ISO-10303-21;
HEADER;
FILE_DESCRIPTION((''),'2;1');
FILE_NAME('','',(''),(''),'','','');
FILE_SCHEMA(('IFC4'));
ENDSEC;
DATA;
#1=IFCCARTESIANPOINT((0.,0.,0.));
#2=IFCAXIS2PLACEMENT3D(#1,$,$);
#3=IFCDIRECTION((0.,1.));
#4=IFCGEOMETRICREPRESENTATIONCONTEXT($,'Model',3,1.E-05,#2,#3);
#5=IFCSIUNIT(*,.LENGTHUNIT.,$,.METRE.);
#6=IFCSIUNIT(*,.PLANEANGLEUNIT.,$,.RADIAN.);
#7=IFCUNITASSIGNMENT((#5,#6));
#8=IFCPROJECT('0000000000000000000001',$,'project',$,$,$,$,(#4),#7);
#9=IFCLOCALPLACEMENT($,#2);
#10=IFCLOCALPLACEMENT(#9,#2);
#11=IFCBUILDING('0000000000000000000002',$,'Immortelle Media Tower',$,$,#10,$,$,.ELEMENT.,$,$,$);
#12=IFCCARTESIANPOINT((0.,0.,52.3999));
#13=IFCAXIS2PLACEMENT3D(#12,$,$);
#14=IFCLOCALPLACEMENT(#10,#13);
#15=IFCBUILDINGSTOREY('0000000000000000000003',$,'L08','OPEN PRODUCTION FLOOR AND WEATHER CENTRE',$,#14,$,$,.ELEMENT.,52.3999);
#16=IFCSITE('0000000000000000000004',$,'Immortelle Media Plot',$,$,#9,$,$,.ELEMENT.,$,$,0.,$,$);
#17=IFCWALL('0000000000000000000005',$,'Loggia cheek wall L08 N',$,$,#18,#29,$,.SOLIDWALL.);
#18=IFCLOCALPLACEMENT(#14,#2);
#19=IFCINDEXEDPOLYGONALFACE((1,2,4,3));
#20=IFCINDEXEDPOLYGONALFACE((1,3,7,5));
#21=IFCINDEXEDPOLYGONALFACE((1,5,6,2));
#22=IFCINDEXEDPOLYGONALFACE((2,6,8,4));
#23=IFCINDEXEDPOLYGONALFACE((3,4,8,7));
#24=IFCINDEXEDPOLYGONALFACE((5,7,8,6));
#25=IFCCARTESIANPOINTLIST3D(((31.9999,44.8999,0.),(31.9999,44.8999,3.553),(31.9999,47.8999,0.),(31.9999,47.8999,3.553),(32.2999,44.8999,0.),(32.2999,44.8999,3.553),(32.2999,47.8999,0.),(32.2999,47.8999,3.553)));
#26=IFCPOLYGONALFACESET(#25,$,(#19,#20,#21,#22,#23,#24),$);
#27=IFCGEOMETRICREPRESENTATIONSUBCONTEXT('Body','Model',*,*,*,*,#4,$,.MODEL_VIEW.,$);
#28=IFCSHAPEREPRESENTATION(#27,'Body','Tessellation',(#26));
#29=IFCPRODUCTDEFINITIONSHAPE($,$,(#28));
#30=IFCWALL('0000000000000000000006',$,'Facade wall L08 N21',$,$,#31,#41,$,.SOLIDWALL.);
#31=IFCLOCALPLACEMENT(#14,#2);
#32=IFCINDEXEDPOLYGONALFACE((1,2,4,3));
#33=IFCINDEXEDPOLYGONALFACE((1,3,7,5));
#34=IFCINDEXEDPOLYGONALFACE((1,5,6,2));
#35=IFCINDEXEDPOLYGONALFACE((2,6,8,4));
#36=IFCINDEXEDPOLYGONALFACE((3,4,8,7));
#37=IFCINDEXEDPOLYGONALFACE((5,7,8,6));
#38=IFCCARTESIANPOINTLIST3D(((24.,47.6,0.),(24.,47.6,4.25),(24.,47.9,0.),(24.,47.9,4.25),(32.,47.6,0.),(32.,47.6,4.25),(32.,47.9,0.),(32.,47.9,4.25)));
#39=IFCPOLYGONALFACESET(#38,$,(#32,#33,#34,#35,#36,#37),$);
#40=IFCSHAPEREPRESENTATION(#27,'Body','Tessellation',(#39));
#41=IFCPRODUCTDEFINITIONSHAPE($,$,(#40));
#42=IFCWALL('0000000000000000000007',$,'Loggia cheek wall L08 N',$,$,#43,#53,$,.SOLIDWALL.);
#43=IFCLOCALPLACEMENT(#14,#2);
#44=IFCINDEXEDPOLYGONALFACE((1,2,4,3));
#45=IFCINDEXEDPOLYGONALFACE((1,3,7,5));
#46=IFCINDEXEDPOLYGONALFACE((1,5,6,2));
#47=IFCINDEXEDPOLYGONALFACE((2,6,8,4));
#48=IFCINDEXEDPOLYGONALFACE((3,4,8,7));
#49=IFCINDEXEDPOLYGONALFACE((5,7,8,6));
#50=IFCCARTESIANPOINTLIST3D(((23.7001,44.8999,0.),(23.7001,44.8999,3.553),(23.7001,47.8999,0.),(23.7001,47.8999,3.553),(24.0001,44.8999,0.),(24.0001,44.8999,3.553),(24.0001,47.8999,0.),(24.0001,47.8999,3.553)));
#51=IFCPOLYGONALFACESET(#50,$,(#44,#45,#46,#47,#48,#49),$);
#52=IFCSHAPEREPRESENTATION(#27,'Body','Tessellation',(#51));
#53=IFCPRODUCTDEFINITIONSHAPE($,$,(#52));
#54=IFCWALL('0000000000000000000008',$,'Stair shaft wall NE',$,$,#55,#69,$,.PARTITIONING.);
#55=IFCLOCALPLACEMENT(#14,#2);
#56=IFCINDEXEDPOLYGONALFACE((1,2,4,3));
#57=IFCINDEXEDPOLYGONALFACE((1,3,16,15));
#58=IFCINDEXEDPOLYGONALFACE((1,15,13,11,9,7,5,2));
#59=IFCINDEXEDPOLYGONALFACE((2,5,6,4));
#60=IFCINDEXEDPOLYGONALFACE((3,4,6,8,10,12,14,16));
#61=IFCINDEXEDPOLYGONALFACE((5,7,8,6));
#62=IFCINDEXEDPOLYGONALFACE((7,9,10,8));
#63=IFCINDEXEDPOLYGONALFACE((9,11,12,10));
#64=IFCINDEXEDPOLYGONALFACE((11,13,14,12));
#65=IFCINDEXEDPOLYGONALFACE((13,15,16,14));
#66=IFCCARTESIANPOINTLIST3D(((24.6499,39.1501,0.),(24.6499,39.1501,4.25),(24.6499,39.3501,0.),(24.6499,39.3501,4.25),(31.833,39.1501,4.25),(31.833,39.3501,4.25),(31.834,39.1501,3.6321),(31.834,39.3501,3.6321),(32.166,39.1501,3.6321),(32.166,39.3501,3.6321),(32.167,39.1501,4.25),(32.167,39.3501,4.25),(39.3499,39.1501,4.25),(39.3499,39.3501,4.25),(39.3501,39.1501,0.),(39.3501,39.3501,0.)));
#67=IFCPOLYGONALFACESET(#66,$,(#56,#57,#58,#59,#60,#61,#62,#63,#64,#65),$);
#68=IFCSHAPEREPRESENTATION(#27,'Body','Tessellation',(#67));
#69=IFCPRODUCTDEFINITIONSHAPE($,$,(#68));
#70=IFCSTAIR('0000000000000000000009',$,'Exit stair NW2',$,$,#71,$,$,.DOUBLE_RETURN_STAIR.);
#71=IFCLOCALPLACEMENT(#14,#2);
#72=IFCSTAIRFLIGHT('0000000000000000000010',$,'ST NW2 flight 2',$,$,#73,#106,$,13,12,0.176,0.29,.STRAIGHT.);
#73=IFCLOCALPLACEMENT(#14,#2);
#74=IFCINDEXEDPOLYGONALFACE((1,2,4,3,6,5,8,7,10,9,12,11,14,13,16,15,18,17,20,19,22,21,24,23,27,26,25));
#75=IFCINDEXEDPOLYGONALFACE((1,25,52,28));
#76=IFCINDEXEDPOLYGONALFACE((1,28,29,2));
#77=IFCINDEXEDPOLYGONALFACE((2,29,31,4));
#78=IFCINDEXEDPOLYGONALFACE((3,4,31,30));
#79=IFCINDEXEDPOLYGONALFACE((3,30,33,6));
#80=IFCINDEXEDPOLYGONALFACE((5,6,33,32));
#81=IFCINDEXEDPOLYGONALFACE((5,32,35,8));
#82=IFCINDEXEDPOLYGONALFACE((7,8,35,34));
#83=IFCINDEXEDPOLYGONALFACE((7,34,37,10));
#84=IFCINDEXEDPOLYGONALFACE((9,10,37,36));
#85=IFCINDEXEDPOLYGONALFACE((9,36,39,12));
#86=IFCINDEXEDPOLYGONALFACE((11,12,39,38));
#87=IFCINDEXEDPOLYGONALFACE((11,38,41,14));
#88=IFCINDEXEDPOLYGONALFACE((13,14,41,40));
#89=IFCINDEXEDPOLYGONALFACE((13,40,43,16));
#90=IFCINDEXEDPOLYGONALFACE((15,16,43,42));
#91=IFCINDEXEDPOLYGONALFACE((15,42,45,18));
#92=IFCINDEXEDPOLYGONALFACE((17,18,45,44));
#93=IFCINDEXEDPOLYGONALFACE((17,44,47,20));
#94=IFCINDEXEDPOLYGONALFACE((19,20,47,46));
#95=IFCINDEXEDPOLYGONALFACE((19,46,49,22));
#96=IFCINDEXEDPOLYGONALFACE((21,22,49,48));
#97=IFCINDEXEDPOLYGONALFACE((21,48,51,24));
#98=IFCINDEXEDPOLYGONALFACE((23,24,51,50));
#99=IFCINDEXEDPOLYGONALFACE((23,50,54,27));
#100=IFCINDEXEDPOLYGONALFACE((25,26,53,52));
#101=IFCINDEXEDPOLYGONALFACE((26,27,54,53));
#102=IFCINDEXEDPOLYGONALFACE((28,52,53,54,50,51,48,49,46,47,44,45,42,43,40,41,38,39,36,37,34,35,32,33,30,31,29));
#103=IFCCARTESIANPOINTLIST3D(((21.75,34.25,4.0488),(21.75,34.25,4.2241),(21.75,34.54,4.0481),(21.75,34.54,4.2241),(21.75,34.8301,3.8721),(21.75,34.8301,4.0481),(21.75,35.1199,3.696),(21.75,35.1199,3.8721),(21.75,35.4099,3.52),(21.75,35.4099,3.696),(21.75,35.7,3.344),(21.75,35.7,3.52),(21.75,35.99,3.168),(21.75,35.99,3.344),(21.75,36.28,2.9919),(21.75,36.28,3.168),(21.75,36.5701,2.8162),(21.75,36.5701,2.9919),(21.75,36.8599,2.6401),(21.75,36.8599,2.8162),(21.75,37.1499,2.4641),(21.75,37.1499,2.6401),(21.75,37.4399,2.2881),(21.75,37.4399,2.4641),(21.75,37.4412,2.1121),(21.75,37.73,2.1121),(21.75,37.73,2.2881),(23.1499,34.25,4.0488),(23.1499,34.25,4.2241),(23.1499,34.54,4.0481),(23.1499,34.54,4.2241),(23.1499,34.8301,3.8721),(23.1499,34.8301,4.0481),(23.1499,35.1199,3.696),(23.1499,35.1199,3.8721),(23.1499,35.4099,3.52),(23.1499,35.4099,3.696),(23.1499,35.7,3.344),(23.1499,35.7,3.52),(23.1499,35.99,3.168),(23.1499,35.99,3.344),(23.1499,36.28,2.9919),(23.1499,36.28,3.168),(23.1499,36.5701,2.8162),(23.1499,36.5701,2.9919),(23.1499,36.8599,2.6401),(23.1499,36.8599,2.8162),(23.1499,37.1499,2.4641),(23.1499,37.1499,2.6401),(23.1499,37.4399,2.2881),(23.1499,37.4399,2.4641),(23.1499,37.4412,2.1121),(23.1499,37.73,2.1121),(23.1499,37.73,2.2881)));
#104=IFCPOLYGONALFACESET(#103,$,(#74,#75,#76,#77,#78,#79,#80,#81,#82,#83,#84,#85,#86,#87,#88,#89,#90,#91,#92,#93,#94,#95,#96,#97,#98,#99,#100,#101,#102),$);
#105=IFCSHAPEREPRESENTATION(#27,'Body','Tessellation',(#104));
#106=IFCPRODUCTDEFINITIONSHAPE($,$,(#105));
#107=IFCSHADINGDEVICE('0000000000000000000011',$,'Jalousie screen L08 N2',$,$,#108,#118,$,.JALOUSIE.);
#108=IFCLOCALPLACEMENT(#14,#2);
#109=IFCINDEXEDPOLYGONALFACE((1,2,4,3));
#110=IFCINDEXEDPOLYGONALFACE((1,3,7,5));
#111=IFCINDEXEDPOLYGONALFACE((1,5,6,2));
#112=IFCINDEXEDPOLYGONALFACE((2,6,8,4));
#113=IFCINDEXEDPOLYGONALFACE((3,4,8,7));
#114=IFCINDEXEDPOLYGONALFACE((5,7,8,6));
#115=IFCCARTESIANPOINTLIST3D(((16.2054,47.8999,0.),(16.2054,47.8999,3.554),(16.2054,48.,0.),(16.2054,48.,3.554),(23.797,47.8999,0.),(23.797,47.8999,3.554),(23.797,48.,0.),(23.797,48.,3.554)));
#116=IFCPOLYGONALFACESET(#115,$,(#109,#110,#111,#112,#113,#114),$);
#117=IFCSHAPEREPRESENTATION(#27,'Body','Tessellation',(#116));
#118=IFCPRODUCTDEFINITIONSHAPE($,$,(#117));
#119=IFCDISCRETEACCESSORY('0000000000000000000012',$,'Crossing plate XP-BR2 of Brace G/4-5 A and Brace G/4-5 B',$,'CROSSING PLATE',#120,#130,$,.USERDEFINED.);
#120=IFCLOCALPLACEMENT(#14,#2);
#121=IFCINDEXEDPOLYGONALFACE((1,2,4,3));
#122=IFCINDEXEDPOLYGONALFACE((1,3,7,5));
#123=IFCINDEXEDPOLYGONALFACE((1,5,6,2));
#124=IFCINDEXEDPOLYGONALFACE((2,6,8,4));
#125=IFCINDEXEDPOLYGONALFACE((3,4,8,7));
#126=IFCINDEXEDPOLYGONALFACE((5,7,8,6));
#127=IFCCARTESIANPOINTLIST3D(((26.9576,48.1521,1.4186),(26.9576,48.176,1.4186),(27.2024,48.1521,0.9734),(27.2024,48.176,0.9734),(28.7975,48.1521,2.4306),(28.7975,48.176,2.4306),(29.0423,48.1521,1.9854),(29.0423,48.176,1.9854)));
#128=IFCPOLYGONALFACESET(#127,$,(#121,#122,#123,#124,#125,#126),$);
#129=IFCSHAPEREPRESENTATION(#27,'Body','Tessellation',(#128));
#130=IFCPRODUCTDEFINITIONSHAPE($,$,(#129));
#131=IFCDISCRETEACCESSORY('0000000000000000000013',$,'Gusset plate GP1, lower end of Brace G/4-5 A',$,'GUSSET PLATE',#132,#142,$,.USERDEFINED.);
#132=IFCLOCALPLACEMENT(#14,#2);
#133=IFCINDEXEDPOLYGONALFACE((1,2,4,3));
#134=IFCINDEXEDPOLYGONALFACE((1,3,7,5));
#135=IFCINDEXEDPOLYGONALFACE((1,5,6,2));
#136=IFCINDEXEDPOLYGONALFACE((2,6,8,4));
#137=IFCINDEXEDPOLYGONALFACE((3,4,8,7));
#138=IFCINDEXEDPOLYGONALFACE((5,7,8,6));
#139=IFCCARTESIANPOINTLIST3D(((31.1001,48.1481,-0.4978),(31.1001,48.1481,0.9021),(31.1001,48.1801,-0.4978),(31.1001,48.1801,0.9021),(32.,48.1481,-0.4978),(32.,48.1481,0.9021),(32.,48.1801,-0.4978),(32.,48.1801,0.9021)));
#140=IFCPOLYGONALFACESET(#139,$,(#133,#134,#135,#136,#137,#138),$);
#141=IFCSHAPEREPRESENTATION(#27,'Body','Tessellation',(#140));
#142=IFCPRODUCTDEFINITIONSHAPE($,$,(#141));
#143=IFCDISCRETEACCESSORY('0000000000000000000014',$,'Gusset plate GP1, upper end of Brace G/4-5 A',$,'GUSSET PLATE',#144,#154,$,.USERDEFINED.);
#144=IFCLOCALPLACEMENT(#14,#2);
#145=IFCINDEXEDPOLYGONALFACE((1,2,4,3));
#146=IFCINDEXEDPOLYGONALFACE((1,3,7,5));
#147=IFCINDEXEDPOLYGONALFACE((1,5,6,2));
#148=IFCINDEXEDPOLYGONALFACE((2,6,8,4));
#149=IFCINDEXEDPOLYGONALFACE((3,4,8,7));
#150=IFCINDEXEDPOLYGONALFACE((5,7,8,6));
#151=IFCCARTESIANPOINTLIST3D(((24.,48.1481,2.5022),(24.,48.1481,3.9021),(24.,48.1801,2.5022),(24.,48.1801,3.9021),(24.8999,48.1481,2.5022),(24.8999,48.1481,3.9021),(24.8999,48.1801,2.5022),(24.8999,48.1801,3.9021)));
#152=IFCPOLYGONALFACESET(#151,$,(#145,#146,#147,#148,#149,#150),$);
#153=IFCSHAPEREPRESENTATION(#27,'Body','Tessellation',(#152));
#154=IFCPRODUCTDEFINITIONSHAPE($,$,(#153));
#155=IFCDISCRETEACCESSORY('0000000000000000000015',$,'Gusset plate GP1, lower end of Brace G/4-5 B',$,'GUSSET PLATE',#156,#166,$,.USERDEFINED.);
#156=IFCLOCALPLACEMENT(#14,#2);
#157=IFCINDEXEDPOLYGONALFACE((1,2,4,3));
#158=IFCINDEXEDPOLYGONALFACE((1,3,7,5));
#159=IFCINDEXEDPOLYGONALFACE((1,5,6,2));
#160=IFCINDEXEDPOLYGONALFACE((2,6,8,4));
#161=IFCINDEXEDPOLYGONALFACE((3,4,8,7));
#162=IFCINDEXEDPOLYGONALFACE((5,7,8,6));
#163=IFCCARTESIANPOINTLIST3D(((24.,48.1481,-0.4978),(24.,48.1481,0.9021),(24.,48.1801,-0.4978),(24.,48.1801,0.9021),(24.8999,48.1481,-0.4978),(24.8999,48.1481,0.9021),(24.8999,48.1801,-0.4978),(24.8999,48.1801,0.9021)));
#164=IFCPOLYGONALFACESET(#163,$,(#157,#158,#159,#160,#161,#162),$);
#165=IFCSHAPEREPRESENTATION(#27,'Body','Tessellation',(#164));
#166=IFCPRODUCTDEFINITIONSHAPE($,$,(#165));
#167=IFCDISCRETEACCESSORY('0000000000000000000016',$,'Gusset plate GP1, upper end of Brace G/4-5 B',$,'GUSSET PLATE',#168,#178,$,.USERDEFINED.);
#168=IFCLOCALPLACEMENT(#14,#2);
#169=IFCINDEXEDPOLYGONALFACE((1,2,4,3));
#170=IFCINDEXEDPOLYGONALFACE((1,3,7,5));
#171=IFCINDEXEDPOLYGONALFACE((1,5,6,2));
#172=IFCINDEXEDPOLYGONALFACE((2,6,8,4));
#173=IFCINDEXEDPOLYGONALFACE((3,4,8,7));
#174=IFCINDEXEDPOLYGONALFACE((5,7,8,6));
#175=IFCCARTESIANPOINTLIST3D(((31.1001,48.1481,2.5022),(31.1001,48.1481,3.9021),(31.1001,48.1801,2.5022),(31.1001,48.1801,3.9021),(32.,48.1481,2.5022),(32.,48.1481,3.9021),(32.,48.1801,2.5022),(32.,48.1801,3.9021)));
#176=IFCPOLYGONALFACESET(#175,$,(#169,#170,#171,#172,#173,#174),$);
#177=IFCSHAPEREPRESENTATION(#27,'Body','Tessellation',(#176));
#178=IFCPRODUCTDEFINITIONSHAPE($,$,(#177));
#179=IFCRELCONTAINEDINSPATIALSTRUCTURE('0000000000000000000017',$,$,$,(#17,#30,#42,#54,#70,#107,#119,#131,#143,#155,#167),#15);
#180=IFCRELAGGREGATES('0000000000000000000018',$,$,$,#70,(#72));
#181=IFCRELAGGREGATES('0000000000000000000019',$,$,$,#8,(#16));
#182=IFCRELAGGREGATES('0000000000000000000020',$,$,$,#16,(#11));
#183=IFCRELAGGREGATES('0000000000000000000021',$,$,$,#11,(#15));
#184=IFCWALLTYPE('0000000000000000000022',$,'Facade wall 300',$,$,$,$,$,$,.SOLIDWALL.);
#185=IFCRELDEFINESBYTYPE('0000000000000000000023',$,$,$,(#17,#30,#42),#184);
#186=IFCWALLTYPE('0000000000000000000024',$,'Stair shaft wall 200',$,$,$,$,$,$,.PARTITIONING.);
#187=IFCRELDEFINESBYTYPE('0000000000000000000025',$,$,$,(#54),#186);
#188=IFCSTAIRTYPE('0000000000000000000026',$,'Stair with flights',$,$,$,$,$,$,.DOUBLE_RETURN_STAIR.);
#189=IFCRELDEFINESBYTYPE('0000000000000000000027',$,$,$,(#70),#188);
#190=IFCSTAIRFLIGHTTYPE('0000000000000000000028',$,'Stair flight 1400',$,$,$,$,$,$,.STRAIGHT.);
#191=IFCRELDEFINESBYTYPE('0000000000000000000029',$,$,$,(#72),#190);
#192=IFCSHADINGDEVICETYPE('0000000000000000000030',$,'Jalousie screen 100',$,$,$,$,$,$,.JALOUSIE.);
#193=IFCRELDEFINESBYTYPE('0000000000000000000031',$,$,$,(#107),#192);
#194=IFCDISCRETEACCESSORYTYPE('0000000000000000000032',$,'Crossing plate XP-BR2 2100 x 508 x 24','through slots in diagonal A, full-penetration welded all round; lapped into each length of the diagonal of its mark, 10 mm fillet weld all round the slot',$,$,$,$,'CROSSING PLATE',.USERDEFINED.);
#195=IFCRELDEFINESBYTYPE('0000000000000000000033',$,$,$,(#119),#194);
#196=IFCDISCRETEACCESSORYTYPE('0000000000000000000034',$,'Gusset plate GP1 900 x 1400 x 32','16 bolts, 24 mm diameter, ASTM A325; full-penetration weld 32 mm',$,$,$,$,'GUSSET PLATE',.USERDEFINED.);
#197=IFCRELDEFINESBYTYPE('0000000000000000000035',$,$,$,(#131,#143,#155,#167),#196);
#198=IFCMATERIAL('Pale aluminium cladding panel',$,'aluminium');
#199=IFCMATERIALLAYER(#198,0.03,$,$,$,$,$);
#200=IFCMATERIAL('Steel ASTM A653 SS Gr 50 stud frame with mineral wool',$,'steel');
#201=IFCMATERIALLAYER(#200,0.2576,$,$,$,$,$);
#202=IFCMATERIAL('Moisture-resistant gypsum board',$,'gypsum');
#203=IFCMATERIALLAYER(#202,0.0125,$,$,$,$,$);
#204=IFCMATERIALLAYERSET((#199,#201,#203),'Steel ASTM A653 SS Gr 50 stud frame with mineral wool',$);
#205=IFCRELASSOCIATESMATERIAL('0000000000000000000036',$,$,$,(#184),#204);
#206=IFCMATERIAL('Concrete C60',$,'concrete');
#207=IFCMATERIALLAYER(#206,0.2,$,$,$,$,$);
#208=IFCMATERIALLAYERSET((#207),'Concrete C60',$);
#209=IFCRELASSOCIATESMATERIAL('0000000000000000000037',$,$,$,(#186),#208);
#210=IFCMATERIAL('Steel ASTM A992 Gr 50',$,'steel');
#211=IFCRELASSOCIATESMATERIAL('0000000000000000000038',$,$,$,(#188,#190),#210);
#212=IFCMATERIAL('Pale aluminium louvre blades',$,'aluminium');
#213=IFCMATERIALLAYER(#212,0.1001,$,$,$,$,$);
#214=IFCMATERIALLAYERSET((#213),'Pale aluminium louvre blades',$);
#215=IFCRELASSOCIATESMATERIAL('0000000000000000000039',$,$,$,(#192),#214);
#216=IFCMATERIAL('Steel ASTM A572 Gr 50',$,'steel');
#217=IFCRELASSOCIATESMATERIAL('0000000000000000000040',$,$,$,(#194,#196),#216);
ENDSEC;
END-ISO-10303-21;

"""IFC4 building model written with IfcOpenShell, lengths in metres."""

from ifc_helpers import new_model, si_unit, direction, frame, frame_2d, origin, origin_2d, place, context, subcontext, project, spatial, polyline, rectangle, outline, extrude, material, layer, layer_set, material_profile, profile_set, type_object, element, aggregate, save


model = new_model("IFC4")

# Units and contexts
model_context = context("Model", 3, precision=1e-05, world=origin(), true_north=direction((0.0, 1.0)))
body_context = subcontext(model_context, "Body", "Model", "MODEL_VIEW")
ifc_project = project(units=[si_unit("LENGTHUNIT", "METRE"), si_unit("PLANEANGLEUNIT", "RADIAN")], contexts=[model_context])

# Site, building, storey
site_placement = place(None, origin())
site = spatial("IfcSite", under=ifc_project, at=site_placement, Name="Immortelle Media Plot", CompositionType="ELEMENT", RefElevation=0.0)
building_placement = place(site_placement, origin())
building = spatial("IfcBuilding", under=site, at=building_placement, Name="Immortelle Media Tower", CompositionType="ELEMENT")
storey_placement = place(building_placement, frame((0.0, 0.0, 52.3999)))
storey = spatial("IfcBuildingStorey", under=building, at=storey_placement, Name="L08", Description="OPEN PRODUCTION FLOOR AND WEATHER CENTRE", CompositionType="ELEMENT", Elevation=52.3999)

# Shared definitions
ifc_material_1 = material(Name="Steel ASTM A992 Gr 50", Category="steel")

# Shared definitions
ifc_material_2 = material(Name="Steel ASTM A653 SS Gr 50 stud frame with mineral wool", Category="steel")

# Walls
ifc_material_3 = material(Name="Pale aluminium cladding panel", Category="aluminium")
ifc_layer_1 = layer(ifc_material_3, 0.03)
ifc_layer_2 = layer(ifc_material_2, 0.2576)
ifc_material_4 = material(Name="Moisture-resistant gypsum board", Category="gypsum")
ifc_layer_3 = layer(ifc_material_4, 0.0125)
ifc_layer_set_1 = layer_set([ifc_layer_1, ifc_layer_2, ifc_layer_3], Name="Steel ASTM A653 SS Gr 50 stud frame with mineral wool")
wall_type_1 = type_object("IfcWallType", Name="Facade wall 300", PredefinedType="SOLIDWALL", material=ifc_layer_set_1)
wall_1_placement = place(storey_placement, frame((32.1499, 47.8999, 0.0), z_axis=(0.0, 0.0, 1.0), x_axis=(0.0, -1.0, 0.0)))
element("IfcWall", 1, at=wall_1_placement, inside=storey, type_object=wall_type_1, Name="Loggia cheek wall L08 N", PredefinedType="SOLIDWALL", context=body_context, shape_type="SweptSolid", body=[
    extrude(rectangle(XDim=3.0, YDim=0.3, at=frame_2d((1.5, 0.0))), origin(), (0.0, 0.0, 1.0), 3.553),
])
wall_2_placement = place(storey_placement, frame((32.0, 47.75, 0.0), z_axis=(0.0, 0.0, 1.0), x_axis=(-1.0, 0.0, 0.0)))
element("IfcWall", 2, at=wall_2_placement, inside=storey, type_object=wall_type_1, Name="Facade wall L08 N21", PredefinedType="SOLIDWALL", context=body_context, shape_type="SweptSolid", body=[
    extrude(rectangle(XDim=8.0, YDim=0.3, at=frame_2d((4.0, 0.0))), origin(), (0.0, 0.0, 1.0), 4.25),
])

# Walls
wall_3_placement = place(storey_placement, frame((23.8501, 47.8999, 0.0), z_axis=(0.0, 0.0, 1.0), x_axis=(0.0, -1.0, 0.0)))
element("IfcWall", 3, at=wall_3_placement, inside=storey, type_object=wall_type_1, Name="Loggia cheek wall L08 N", PredefinedType="SOLIDWALL", context=body_context, shape_type="SweptSolid", body=[
    extrude(rectangle(XDim=3.0, YDim=0.3, at=frame_2d((1.5, 0.0))), origin(), (0.0, 0.0, 1.0), 3.553),
])
ifc_material_5 = material(Name="Concrete C60", Category="concrete")
ifc_layer_4 = layer(ifc_material_5, 0.2)
ifc_layer_set_2 = layer_set([ifc_layer_4], Name="Concrete C60")
wall_type_2 = type_object("IfcWallType", Name="Stair shaft wall 200", PredefinedType="PARTITIONING", material=ifc_layer_set_2)
wall_4_placement = place(storey_placement, frame((24.6499, 39.25, 0.0), z_axis=(0.0, 0.0, 1.0), x_axis=(1.0, 0.0, 0.0)))
element("IfcWall", 4, at=wall_4_placement, inside=storey, type_object=wall_type_2, Name="Stair shaft wall NE", PredefinedType="PARTITIONING", context=body_context, shape_type="SweptSolid", body=[
    extrude(outline(polyline([(0.0, 0.0), (14.7002, 0.0), (14.7, 4.25), (7.5171, 4.25), (7.5161, 3.6321), (7.1841, 3.6321), (7.1831, 4.25), (0.0, 4.25), (0.0, 0.0)])), frame((0.0, 0.1001, 0.0), z_axis=(0.0, -1.0, 0.0), x_axis=(1.0, 0.0, 0.0)), (0.0, 0.0, 1.0), 0.2),
])

# Stair, stair flight
stair_type = type_object("IfcStairType", Name="Stair with flights", PredefinedType="DOUBLE_RETURN_STAIR", material=ifc_material_1)
stair_placement = place(storey_placement, origin())
stair = element("IfcStair", 5, at=stair_placement, inside=storey, type_object=stair_type, Name="Exit stair NW2", PredefinedType="DOUBLE_RETURN_STAIR")
stair_flight_type = type_object("IfcStairFlightType", Name="Stair flight 1400", PredefinedType="STRAIGHT", material=ifc_material_1)
stair_flight_placement = place(storey_placement, frame((22.45, 37.73, 2.1121), z_axis=(0.0, 0.0, 1.0), x_axis=(0.0, -1.0, 0.0)))
stair_flight = element("IfcStairFlight", 6, at=stair_flight_placement, type_object=stair_flight_type, Name="ST NW2 flight 2", NumberOfRisers=13, NumberOfTreads=12, PredefinedType="STRAIGHT", RiserHeight=0.176, TreadLength=0.29, context=body_context, shape_type="SweptSolid", body=[
    extrude(outline(polyline([(0.0, 0.0), (0.0, 0.176), (0.29, 0.176), (0.29, 0.3521), (0.5801, 0.3521), (0.5801, 0.5281), (0.8701, 0.5281), (0.8701, 0.7041), (1.1599, 0.7041), (1.1599, 0.8799), (1.45, 0.8799), (1.45, 1.0559), (1.74, 1.0559), (1.74, 1.2319), (2.03, 1.2319), (2.03, 1.408), (2.3201, 1.408), (2.3201, 1.584), (2.6101, 1.584), (2.6101, 1.76), (2.8999, 1.76), (2.8999, 1.936), (3.1899, 1.936), (3.1899, 2.1121), (3.48, 2.1121), (3.48, 2.2881), (3.48, 1.9368), (0.2888, 0.0), (0.0, 0.0)])), frame((0.0, 0.7, 0.0), z_axis=(0.0, -1.0, 0.0), x_axis=(1.0, 0.0, 0.0)), (0.0, 0.0, 1.0), 1.3999),
])
aggregate(stair, [stair_flight])

# Shading device
ifc_material_6 = material(Name="Pale aluminium louvre blades", Category="aluminium")
ifc_layer_5 = layer(ifc_material_6, 0.1001)
ifc_layer_set_3 = layer_set([ifc_layer_5], Name="Pale aluminium louvre blades")
shading_device_type = type_object("IfcShadingDeviceType", Name="Jalousie screen 100", PredefinedType="JALOUSIE", material=ifc_layer_set_3)
shading_device_placement = place(storey_placement, frame((20.0012, 47.95, 0.0), z_axis=(0.0, 0.0, 1.0), x_axis=(-1.0, 0.0, 0.0)))
element("IfcShadingDevice", 7, at=shading_device_placement, inside=storey, type_object=shading_device_type, Name="Jalousie screen L08 N2", PredefinedType="JALOUSIE", context=body_context, shape_type="SweptSolid", body=[
    extrude(rectangle(XDim=7.5916, YDim=0.1001, at=origin_2d()), origin(), (0.0, 0.0, 1.0), 3.554),
])

# Discrete accessories
ifc_material_7 = material(Name="Steel ASTM A572 Gr 50", Category="steel")
ifc_material_profile_1 = material_profile(ifc_material_7, rectangle(XDim=0.0239, YDim=0.5081, at=origin_2d()), Name="PL 24 x 508")
ifc_profile_set_1 = profile_set([ifc_material_profile_1], Name="Steel ASTM A572 Gr 50")
discrete_accessory_type_1 = type_object("IfcDiscreteAccessoryType", Name="Crossing plate XP-BR2 2100 x 508 x 24", Description="through slots in diagonal A, full-penetration welded all round; lapped into each length of the diagonal of its mark, 10 mm fillet weld all round the slot", ElementType="CROSSING PLATE", PredefinedType="USERDEFINED", material=ifc_profile_set_1)
discrete_accessory_placement = place(storey_placement, frame((28.9199, 48.1641, 2.208), z_axis=(-0.876206, 0.0, -0.481937), x_axis=(0.0, -1.0, 0.0)))
element("IfcDiscreteAccessory", 8, at=discrete_accessory_placement, inside=storey, type_object=discrete_accessory_type_1, Name="Crossing plate XP-BR2 of Brace G/4-5 A and Brace G/4-5 B", ObjectType="CROSSING PLATE", PredefinedType="USERDEFINED", context=body_context, shape_type="SweptSolid", body=[
    extrude(rectangle(XDim=0.0239, YDim=0.5081, at=origin_2d()), origin(), (0.0, 0.0, 1.0), 2.0999),
])
ifc_material_profile_2 = material_profile(ifc_material_7, rectangle(XDim=0.032, YDim=1.3999, at=origin_2d()), Name="PL 32 x 1400")
ifc_profile_set_2 = profile_set([ifc_material_profile_2], Name="Steel ASTM A572 Gr 50")
discrete_accessory_type_2 = type_object("IfcDiscreteAccessoryType", Name="Gusset plate GP1 900 x 1400 x 32", Description="16 bolts, 24 mm diameter, ASTM A325; full-penetration weld 32 mm", ElementType="GUSSET PLATE", PredefinedType="USERDEFINED", material=ifc_profile_set_2)
for number, where, z_axis, x_axis, name in (
    (9, (32.0, 48.1641, 0.2021), (-1.0, 0.0, 0.0), (0.0, -1.0, 0.0), "Gusset plate GP1, lower end of Brace G/4-5 A"),
    (10, (24.0, 48.1641, 3.2021), (1.0, 0.0, 0.0), (0.0, 1.0, 0.0), "Gusset plate GP1, upper end of Brace G/4-5 A"),
    (11, (24.0, 48.1641, 0.2021), (1.0, 0.0, 0.0), (0.0, 1.0, 0.0), "Gusset plate GP1, lower end of Brace G/4-5 B"),
    (12, (32.0, 48.1641, 3.2021), (-1.0, 0.0, 0.0), (0.0, -1.0, 0.0), "Gusset plate GP1, upper end of Brace G/4-5 B"),
):
    element("IfcDiscreteAccessory", number, at=place(storey_placement, frame(where, z_axis=z_axis, x_axis=x_axis)), inside=storey, type_object=discrete_accessory_type_2, Name=name, ObjectType="GUSSET PLATE", PredefinedType="USERDEFINED", context=body_context, shape_type="SweptSolid", body=[
        extrude(rectangle(XDim=0.032, YDim=1.3999, at=origin_2d()), origin(), (0.0, 0.0, 1.0), 0.8999),
    ])

save(model, "model.ifc")
